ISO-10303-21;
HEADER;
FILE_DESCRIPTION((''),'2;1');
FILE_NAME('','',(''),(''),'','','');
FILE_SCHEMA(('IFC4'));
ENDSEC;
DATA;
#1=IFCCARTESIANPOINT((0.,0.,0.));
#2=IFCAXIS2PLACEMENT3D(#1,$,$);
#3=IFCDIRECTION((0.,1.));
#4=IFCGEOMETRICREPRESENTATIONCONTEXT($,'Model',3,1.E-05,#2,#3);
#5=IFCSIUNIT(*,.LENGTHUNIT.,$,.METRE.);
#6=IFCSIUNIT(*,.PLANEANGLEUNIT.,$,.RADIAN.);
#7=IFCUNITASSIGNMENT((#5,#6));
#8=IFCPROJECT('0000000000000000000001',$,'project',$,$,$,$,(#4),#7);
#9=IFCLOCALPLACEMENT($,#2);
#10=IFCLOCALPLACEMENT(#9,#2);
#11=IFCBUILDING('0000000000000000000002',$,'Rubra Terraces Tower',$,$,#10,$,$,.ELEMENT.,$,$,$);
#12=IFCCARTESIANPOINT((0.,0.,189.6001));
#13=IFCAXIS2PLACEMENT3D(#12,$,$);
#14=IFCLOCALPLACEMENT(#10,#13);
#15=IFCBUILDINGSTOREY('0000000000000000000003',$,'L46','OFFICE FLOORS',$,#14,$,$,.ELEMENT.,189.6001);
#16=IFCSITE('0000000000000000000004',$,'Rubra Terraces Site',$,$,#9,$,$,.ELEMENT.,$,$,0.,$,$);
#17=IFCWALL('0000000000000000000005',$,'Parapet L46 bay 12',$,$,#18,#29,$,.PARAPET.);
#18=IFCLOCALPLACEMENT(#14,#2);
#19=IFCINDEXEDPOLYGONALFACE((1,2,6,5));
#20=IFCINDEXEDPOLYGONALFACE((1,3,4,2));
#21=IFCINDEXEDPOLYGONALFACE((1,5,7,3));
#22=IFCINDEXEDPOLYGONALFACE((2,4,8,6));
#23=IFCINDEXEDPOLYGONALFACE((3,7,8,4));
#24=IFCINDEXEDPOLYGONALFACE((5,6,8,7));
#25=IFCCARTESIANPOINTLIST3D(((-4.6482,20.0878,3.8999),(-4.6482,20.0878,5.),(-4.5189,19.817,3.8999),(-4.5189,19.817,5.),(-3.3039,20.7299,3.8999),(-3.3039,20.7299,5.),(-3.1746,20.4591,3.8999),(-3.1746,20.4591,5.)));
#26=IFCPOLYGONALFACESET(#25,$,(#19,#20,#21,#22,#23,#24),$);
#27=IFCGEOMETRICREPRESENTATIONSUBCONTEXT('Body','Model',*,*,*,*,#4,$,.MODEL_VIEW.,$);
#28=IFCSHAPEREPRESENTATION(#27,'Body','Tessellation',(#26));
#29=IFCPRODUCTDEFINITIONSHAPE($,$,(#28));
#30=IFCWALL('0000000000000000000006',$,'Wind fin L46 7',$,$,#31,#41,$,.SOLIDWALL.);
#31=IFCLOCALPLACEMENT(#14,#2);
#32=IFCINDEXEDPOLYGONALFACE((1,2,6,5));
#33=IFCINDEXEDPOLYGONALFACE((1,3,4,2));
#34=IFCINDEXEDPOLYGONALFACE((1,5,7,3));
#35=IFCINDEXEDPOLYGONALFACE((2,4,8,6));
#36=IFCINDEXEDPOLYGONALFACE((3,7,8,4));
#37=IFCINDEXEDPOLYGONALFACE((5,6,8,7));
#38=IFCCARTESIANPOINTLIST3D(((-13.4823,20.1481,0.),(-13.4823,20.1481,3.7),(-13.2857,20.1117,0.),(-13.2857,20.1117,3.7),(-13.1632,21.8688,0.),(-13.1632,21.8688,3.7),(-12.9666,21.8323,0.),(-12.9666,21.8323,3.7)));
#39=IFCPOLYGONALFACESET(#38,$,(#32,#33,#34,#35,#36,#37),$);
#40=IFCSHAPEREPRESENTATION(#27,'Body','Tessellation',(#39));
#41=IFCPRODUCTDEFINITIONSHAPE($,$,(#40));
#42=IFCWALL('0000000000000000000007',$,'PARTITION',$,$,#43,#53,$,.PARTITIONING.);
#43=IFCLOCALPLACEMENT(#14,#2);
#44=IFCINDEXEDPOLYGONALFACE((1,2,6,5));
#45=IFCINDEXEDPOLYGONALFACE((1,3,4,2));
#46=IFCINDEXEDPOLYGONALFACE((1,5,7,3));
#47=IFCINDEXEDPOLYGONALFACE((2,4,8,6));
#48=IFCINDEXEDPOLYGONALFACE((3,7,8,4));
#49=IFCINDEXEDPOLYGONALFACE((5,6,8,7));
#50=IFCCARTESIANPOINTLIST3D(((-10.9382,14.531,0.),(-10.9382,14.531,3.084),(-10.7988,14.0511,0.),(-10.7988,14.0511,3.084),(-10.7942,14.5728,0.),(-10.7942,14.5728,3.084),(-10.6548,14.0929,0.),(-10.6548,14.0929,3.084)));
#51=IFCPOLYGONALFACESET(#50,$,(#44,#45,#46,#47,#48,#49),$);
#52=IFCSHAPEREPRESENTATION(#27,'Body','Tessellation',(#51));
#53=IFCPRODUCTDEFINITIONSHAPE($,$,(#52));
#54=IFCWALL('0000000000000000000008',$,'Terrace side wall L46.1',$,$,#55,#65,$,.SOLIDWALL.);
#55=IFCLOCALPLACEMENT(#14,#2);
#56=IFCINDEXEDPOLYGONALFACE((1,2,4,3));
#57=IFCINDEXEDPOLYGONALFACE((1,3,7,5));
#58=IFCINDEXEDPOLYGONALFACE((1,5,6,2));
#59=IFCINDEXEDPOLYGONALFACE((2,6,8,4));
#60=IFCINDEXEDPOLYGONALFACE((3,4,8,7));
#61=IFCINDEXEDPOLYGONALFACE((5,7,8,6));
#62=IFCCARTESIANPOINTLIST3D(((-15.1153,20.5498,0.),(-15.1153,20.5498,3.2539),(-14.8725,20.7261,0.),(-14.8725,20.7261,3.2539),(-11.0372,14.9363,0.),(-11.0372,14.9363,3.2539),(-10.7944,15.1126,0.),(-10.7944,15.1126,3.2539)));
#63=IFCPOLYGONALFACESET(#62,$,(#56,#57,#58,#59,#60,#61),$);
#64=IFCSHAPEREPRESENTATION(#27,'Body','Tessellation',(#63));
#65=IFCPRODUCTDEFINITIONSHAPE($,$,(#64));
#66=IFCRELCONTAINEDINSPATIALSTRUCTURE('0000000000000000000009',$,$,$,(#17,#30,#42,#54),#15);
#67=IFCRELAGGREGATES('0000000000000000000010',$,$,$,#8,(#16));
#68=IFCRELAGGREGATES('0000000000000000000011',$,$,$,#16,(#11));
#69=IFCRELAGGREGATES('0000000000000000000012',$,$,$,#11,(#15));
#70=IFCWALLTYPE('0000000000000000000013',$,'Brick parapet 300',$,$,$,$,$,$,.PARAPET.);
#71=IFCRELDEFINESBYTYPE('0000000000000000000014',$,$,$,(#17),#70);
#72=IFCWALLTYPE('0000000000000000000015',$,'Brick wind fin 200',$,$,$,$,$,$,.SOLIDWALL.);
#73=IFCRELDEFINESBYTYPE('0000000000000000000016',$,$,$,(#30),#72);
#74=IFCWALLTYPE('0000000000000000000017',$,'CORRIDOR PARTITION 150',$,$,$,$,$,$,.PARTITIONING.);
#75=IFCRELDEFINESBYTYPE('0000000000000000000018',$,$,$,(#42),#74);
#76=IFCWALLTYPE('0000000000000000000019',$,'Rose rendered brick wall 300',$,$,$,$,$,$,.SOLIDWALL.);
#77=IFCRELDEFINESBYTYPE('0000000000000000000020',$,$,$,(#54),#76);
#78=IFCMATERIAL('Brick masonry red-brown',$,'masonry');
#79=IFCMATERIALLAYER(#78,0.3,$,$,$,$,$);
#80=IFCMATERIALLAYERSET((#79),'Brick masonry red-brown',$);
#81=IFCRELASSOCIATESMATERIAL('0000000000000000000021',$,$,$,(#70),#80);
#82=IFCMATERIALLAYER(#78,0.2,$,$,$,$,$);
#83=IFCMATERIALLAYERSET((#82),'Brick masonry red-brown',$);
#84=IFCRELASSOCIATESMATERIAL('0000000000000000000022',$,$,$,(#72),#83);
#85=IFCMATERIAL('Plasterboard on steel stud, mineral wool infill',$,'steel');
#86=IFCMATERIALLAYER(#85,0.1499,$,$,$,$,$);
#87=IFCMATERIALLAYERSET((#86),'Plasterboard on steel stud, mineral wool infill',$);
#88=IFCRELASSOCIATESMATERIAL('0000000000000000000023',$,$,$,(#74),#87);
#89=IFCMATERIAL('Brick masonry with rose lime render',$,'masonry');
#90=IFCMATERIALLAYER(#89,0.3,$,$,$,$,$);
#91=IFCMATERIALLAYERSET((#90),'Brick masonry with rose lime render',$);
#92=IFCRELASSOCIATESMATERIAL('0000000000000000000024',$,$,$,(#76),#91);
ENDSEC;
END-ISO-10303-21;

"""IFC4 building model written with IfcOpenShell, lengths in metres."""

from ifc_helpers import new_model, si_unit, direction, frame, frame_2d, origin, place, context, subcontext, project, spatial, rectangle, extrude, material, layer, layer_set, type_object, element, save


model = new_model("IFC4")

# Units and contexts
model_context = context("Model", 3, precision=1e-05, world=origin(), true_north=direction((0.0, 1.0)))
body_context = subcontext(model_context, "Body", "Model", "MODEL_VIEW")
ifc_project = project(units=[si_unit("LENGTHUNIT", "METRE"), si_unit("PLANEANGLEUNIT", "RADIAN")], contexts=[model_context])

# Site, building, storey
site_placement = place(None, origin())
site = spatial("IfcSite", under=ifc_project, at=site_placement, Name="Rubra Terraces Site", CompositionType="ELEMENT", RefElevation=0.0)
building_placement = place(site_placement, origin())
building = spatial("IfcBuilding", under=site, at=building_placement, Name="Rubra Terraces Tower", CompositionType="ELEMENT")
storey_placement = place(building_placement, frame((0.0, 0.0, 189.6001)))
storey = spatial("IfcBuildingStorey", under=building, at=storey_placement, Name="L46", Description="OFFICE FLOORS", CompositionType="ELEMENT", Elevation=189.6001)

# Shared definitions
ifc_material_1 = material(Name="Brick masonry red-brown", Category="masonry")

# Walls
ifc_layer_1 = layer(ifc_material_1, 0.3)
ifc_layer_set_1 = layer_set([ifc_layer_1], Name="Brick masonry red-brown")
wall_type_1 = type_object("IfcWallType", Name="Brick parapet 300", PredefinedType="PARAPET", material=ifc_layer_set_1)
wall_1_placement = place(storey_placement, frame((-3.2393, 20.5945, 3.8999), z_axis=(0.0, 0.0, 1.0), x_axis=(-0.902345, -0.431015, 0.0)))
element("IfcWall", 1, at=wall_1_placement, inside=storey, type_object=wall_type_1, Name="Parapet L46 bay 12", PredefinedType="PARAPET", context=body_context, shape_type="SweptSolid", body=[
    extrude(rectangle(XDim=1.4897, YDim=0.3, at=frame_2d((0.7449, 0.0))), origin(), (0.0, 0.0, 1.0), 1.1001),
])
ifc_layer_2 = layer(ifc_material_1, 0.2)
ifc_layer_set_2 = layer_set([ifc_layer_2], Name="Brick masonry red-brown")
wall_type_2 = type_object("IfcWallType", Name="Brick wind fin 200", PredefinedType="SOLIDWALL", material=ifc_layer_set_2)
wall_2_placement = place(storey_placement, frame((-13.384, 20.1299, 0.0), z_axis=(0.0, 0.0, 1.0), x_axis=(0.182334, 0.983237, 0.0)))
element("IfcWall", 2, at=wall_2_placement, inside=storey, type_object=wall_type_2, Name="Wind fin L46 7", PredefinedType="SOLIDWALL", context=body_context, shape_type="SweptSolid", body=[
    extrude(rectangle(XDim=1.75, YDim=0.2, at=frame_2d((0.875, 0.0))), origin(), (0.0, 0.0, 1.0), 3.7),
])
ifc_material_2 = material(Name="Plasterboard on steel stud, mineral wool infill", Category="steel")
ifc_layer_3 = layer(ifc_material_2, 0.1499)
ifc_layer_set_3 = layer_set([ifc_layer_3], Name="Plasterboard on steel stud, mineral wool infill")
wall_type_3 = type_object("IfcWallType", Name="CORRIDOR PARTITION 150", PredefinedType="PARTITIONING", material=ifc_layer_set_3)
wall_3_placement = place(storey_placement, frame((-10.8662, 14.552, 0.0), z_axis=(0.0, 0.0, 1.0), x_axis=(0.278912, -0.960317, 0.0)))
element("IfcWall", 3, at=wall_3_placement, inside=storey, type_object=wall_type_3, Name="PARTITION", PredefinedType="PARTITIONING", context=body_context, shape_type="SweptSolid", body=[
    extrude(rectangle(XDim=0.4998, YDim=0.1499, at=frame_2d((0.25, 0.0))), origin(), (0.0, 0.0, 1.0), 3.084),
])

# Wall
ifc_material_3 = material(Name="Brick masonry with rose lime render", Category="masonry")
ifc_layer_4 = layer(ifc_material_3, 0.3)
ifc_layer_set_4 = layer_set([ifc_layer_4], Name="Brick masonry with rose lime render")
wall_type_4 = type_object("IfcWallType", Name="Rose rendered brick wall 300", PredefinedType="SOLIDWALL", material=ifc_layer_set_4)
wall_4_placement = place(storey_placement, frame((-14.9939, 20.6379, 0.0), z_axis=(0.0, 0.0, 1.0), x_axis=(0.587753, -0.80904, 0.0)))
element("IfcWall", 4, at=wall_4_placement, inside=storey, type_object=wall_type_4, Name="Terrace side wall L46.1", PredefinedType="SOLIDWALL", context=body_context, shape_type="SweptSolid", body=[
    extrude(rectangle(XDim=6.9385, YDim=0.3, at=frame_2d((3.4692, 0.0))), origin(), (0.0, 0.0, 1.0), 3.2539),
])

save(model, "model.ifc")
